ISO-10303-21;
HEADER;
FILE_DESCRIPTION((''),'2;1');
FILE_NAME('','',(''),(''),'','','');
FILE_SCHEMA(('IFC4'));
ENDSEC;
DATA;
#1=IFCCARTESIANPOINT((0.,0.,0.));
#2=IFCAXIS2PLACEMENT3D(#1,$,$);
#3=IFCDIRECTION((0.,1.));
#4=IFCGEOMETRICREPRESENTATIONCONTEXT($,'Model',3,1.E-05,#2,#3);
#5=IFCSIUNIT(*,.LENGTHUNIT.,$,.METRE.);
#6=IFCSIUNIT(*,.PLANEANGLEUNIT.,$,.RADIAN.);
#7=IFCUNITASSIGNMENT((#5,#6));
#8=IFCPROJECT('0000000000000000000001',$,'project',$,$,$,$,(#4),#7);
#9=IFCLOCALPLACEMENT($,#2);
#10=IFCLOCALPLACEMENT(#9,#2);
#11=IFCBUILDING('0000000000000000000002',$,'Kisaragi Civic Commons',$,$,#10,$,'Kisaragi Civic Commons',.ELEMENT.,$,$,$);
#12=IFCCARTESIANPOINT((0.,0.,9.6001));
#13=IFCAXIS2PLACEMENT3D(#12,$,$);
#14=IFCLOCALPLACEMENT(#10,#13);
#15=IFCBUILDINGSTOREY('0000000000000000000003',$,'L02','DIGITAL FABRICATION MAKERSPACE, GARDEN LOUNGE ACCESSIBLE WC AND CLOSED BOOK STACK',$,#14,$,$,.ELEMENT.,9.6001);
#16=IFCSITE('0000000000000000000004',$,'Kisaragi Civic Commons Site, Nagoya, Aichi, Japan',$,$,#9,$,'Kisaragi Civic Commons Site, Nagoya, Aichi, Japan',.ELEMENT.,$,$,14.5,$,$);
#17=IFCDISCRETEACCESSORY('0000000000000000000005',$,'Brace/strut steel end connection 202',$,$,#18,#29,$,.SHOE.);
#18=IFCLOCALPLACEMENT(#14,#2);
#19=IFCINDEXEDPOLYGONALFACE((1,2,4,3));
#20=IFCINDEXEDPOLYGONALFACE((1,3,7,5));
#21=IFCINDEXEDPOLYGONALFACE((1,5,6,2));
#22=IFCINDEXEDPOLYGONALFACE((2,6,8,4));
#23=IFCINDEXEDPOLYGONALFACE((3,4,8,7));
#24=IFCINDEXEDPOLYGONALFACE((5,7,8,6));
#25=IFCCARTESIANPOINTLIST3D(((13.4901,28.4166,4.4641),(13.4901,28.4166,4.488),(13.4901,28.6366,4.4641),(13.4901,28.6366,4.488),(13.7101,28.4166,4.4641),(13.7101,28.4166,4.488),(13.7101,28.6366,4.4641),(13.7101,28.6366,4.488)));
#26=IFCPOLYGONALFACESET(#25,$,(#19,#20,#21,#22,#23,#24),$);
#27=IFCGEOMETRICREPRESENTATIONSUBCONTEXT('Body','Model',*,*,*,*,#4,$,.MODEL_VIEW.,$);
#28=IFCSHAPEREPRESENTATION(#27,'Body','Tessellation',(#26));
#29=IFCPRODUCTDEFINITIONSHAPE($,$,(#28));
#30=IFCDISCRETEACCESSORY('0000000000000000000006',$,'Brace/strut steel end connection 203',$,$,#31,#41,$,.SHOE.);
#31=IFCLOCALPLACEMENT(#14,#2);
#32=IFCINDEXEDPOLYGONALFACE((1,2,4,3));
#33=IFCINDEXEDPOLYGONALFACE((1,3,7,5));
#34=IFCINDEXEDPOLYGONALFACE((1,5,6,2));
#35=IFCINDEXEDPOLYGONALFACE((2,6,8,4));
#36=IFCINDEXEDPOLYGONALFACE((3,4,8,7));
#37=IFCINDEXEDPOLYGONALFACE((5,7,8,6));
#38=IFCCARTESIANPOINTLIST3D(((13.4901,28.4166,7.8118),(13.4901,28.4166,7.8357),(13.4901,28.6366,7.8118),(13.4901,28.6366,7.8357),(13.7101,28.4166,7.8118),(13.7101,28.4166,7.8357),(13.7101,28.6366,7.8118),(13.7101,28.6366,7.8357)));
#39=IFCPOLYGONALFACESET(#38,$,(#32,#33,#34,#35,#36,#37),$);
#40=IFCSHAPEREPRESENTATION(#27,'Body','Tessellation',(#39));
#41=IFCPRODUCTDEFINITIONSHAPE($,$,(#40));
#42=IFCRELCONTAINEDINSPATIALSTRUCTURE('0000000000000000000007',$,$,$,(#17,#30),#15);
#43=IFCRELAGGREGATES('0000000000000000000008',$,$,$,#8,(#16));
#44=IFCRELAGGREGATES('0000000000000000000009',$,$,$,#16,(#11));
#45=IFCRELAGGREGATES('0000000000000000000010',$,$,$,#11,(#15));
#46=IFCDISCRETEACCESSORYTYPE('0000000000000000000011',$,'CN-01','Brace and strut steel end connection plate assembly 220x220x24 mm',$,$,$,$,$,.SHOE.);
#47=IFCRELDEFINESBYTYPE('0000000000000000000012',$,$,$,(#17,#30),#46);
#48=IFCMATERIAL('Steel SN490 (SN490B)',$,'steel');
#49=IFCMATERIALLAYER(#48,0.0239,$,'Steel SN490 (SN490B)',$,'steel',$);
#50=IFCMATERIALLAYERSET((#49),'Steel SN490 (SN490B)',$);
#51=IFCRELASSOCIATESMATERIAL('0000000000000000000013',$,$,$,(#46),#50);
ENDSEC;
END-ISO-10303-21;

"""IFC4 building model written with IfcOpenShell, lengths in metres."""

from ifc_helpers import new_model, si_unit, direction, frame, origin, origin_2d, place, context, subcontext, project, spatial, rectangle, extrude, material, layer, layer_set, type_object, element, save


model = new_model("IFC4")

# Units and contexts
model_context = context("Model", 3, precision=1e-05, world=origin(), true_north=direction((0.0, 1.0)))
body_context = subcontext(model_context, "Body", "Model", "MODEL_VIEW")
ifc_project = project(units=[si_unit("LENGTHUNIT", "METRE"), si_unit("PLANEANGLEUNIT", "RADIAN")], contexts=[model_context])

# Site, building, storey
site_placement = place(None, origin())
site = spatial("IfcSite", under=ifc_project, at=site_placement, Name="Kisaragi Civic Commons Site, Nagoya, Aichi, Japan", LongName="Kisaragi Civic Commons Site, Nagoya, Aichi, Japan", CompositionType="ELEMENT", RefElevation=14.5)
building_placement = place(site_placement, origin())
building = spatial("IfcBuilding", under=site, at=building_placement, Name="Kisaragi Civic Commons", LongName="Kisaragi Civic Commons", CompositionType="ELEMENT")
storey_placement = place(building_placement, frame((0.0, 0.0, 9.6001)))
storey = spatial("IfcBuildingStorey", under=building, at=storey_placement, Name="L02", Description="DIGITAL FABRICATION MAKERSPACE, GARDEN LOUNGE ACCESSIBLE WC AND CLOSED BOOK STACK", CompositionType="ELEMENT", Elevation=9.6001)

# Shared definitions
ifc_material_1 = material(Name="Steel SN490 (SN490B)", Category="steel")

# Discrete accessories
ifc_layer_1 = layer(ifc_material_1, 0.0239, Name="Steel SN490 (SN490B)", Category="steel")
ifc_layer_set_1 = layer_set([ifc_layer_1], Name="Steel SN490 (SN490B)")
discrete_accessory_type = type_object("IfcDiscreteAccessoryType", Name="CN-01", Description="Brace and strut steel end connection plate assembly 220x220x24 mm", PredefinedType="SHOE", material=ifc_layer_set_1)
for number, where, z_axis, x_axis, name in (
    (1, (13.6001, 28.5266, 4.4641), (0.0, 0.0, 1.0), (1.0, 0.0, 0.0), "Brace/strut steel end connection 202"),
    (2, (13.6001, 28.5266, 7.8118), (0.0, 0.0, 1.0), (1.0, 0.0, 0.0), "Brace/strut steel end connection 203"),
):
    element("IfcDiscreteAccessory", number, at=place(storey_placement, frame(where, z_axis=z_axis, x_axis=x_axis)), inside=storey, type_object=discrete_accessory_type, Name=name, PredefinedType="SHOE", context=body_context, shape_type="SweptSolid", body=[
        extrude(rectangle(XDim=0.22, YDim=0.22, at=origin_2d()), origin(), (0.0, 0.0, 1.0), 0.0239),
    ])

save(model, "model.ifc")
